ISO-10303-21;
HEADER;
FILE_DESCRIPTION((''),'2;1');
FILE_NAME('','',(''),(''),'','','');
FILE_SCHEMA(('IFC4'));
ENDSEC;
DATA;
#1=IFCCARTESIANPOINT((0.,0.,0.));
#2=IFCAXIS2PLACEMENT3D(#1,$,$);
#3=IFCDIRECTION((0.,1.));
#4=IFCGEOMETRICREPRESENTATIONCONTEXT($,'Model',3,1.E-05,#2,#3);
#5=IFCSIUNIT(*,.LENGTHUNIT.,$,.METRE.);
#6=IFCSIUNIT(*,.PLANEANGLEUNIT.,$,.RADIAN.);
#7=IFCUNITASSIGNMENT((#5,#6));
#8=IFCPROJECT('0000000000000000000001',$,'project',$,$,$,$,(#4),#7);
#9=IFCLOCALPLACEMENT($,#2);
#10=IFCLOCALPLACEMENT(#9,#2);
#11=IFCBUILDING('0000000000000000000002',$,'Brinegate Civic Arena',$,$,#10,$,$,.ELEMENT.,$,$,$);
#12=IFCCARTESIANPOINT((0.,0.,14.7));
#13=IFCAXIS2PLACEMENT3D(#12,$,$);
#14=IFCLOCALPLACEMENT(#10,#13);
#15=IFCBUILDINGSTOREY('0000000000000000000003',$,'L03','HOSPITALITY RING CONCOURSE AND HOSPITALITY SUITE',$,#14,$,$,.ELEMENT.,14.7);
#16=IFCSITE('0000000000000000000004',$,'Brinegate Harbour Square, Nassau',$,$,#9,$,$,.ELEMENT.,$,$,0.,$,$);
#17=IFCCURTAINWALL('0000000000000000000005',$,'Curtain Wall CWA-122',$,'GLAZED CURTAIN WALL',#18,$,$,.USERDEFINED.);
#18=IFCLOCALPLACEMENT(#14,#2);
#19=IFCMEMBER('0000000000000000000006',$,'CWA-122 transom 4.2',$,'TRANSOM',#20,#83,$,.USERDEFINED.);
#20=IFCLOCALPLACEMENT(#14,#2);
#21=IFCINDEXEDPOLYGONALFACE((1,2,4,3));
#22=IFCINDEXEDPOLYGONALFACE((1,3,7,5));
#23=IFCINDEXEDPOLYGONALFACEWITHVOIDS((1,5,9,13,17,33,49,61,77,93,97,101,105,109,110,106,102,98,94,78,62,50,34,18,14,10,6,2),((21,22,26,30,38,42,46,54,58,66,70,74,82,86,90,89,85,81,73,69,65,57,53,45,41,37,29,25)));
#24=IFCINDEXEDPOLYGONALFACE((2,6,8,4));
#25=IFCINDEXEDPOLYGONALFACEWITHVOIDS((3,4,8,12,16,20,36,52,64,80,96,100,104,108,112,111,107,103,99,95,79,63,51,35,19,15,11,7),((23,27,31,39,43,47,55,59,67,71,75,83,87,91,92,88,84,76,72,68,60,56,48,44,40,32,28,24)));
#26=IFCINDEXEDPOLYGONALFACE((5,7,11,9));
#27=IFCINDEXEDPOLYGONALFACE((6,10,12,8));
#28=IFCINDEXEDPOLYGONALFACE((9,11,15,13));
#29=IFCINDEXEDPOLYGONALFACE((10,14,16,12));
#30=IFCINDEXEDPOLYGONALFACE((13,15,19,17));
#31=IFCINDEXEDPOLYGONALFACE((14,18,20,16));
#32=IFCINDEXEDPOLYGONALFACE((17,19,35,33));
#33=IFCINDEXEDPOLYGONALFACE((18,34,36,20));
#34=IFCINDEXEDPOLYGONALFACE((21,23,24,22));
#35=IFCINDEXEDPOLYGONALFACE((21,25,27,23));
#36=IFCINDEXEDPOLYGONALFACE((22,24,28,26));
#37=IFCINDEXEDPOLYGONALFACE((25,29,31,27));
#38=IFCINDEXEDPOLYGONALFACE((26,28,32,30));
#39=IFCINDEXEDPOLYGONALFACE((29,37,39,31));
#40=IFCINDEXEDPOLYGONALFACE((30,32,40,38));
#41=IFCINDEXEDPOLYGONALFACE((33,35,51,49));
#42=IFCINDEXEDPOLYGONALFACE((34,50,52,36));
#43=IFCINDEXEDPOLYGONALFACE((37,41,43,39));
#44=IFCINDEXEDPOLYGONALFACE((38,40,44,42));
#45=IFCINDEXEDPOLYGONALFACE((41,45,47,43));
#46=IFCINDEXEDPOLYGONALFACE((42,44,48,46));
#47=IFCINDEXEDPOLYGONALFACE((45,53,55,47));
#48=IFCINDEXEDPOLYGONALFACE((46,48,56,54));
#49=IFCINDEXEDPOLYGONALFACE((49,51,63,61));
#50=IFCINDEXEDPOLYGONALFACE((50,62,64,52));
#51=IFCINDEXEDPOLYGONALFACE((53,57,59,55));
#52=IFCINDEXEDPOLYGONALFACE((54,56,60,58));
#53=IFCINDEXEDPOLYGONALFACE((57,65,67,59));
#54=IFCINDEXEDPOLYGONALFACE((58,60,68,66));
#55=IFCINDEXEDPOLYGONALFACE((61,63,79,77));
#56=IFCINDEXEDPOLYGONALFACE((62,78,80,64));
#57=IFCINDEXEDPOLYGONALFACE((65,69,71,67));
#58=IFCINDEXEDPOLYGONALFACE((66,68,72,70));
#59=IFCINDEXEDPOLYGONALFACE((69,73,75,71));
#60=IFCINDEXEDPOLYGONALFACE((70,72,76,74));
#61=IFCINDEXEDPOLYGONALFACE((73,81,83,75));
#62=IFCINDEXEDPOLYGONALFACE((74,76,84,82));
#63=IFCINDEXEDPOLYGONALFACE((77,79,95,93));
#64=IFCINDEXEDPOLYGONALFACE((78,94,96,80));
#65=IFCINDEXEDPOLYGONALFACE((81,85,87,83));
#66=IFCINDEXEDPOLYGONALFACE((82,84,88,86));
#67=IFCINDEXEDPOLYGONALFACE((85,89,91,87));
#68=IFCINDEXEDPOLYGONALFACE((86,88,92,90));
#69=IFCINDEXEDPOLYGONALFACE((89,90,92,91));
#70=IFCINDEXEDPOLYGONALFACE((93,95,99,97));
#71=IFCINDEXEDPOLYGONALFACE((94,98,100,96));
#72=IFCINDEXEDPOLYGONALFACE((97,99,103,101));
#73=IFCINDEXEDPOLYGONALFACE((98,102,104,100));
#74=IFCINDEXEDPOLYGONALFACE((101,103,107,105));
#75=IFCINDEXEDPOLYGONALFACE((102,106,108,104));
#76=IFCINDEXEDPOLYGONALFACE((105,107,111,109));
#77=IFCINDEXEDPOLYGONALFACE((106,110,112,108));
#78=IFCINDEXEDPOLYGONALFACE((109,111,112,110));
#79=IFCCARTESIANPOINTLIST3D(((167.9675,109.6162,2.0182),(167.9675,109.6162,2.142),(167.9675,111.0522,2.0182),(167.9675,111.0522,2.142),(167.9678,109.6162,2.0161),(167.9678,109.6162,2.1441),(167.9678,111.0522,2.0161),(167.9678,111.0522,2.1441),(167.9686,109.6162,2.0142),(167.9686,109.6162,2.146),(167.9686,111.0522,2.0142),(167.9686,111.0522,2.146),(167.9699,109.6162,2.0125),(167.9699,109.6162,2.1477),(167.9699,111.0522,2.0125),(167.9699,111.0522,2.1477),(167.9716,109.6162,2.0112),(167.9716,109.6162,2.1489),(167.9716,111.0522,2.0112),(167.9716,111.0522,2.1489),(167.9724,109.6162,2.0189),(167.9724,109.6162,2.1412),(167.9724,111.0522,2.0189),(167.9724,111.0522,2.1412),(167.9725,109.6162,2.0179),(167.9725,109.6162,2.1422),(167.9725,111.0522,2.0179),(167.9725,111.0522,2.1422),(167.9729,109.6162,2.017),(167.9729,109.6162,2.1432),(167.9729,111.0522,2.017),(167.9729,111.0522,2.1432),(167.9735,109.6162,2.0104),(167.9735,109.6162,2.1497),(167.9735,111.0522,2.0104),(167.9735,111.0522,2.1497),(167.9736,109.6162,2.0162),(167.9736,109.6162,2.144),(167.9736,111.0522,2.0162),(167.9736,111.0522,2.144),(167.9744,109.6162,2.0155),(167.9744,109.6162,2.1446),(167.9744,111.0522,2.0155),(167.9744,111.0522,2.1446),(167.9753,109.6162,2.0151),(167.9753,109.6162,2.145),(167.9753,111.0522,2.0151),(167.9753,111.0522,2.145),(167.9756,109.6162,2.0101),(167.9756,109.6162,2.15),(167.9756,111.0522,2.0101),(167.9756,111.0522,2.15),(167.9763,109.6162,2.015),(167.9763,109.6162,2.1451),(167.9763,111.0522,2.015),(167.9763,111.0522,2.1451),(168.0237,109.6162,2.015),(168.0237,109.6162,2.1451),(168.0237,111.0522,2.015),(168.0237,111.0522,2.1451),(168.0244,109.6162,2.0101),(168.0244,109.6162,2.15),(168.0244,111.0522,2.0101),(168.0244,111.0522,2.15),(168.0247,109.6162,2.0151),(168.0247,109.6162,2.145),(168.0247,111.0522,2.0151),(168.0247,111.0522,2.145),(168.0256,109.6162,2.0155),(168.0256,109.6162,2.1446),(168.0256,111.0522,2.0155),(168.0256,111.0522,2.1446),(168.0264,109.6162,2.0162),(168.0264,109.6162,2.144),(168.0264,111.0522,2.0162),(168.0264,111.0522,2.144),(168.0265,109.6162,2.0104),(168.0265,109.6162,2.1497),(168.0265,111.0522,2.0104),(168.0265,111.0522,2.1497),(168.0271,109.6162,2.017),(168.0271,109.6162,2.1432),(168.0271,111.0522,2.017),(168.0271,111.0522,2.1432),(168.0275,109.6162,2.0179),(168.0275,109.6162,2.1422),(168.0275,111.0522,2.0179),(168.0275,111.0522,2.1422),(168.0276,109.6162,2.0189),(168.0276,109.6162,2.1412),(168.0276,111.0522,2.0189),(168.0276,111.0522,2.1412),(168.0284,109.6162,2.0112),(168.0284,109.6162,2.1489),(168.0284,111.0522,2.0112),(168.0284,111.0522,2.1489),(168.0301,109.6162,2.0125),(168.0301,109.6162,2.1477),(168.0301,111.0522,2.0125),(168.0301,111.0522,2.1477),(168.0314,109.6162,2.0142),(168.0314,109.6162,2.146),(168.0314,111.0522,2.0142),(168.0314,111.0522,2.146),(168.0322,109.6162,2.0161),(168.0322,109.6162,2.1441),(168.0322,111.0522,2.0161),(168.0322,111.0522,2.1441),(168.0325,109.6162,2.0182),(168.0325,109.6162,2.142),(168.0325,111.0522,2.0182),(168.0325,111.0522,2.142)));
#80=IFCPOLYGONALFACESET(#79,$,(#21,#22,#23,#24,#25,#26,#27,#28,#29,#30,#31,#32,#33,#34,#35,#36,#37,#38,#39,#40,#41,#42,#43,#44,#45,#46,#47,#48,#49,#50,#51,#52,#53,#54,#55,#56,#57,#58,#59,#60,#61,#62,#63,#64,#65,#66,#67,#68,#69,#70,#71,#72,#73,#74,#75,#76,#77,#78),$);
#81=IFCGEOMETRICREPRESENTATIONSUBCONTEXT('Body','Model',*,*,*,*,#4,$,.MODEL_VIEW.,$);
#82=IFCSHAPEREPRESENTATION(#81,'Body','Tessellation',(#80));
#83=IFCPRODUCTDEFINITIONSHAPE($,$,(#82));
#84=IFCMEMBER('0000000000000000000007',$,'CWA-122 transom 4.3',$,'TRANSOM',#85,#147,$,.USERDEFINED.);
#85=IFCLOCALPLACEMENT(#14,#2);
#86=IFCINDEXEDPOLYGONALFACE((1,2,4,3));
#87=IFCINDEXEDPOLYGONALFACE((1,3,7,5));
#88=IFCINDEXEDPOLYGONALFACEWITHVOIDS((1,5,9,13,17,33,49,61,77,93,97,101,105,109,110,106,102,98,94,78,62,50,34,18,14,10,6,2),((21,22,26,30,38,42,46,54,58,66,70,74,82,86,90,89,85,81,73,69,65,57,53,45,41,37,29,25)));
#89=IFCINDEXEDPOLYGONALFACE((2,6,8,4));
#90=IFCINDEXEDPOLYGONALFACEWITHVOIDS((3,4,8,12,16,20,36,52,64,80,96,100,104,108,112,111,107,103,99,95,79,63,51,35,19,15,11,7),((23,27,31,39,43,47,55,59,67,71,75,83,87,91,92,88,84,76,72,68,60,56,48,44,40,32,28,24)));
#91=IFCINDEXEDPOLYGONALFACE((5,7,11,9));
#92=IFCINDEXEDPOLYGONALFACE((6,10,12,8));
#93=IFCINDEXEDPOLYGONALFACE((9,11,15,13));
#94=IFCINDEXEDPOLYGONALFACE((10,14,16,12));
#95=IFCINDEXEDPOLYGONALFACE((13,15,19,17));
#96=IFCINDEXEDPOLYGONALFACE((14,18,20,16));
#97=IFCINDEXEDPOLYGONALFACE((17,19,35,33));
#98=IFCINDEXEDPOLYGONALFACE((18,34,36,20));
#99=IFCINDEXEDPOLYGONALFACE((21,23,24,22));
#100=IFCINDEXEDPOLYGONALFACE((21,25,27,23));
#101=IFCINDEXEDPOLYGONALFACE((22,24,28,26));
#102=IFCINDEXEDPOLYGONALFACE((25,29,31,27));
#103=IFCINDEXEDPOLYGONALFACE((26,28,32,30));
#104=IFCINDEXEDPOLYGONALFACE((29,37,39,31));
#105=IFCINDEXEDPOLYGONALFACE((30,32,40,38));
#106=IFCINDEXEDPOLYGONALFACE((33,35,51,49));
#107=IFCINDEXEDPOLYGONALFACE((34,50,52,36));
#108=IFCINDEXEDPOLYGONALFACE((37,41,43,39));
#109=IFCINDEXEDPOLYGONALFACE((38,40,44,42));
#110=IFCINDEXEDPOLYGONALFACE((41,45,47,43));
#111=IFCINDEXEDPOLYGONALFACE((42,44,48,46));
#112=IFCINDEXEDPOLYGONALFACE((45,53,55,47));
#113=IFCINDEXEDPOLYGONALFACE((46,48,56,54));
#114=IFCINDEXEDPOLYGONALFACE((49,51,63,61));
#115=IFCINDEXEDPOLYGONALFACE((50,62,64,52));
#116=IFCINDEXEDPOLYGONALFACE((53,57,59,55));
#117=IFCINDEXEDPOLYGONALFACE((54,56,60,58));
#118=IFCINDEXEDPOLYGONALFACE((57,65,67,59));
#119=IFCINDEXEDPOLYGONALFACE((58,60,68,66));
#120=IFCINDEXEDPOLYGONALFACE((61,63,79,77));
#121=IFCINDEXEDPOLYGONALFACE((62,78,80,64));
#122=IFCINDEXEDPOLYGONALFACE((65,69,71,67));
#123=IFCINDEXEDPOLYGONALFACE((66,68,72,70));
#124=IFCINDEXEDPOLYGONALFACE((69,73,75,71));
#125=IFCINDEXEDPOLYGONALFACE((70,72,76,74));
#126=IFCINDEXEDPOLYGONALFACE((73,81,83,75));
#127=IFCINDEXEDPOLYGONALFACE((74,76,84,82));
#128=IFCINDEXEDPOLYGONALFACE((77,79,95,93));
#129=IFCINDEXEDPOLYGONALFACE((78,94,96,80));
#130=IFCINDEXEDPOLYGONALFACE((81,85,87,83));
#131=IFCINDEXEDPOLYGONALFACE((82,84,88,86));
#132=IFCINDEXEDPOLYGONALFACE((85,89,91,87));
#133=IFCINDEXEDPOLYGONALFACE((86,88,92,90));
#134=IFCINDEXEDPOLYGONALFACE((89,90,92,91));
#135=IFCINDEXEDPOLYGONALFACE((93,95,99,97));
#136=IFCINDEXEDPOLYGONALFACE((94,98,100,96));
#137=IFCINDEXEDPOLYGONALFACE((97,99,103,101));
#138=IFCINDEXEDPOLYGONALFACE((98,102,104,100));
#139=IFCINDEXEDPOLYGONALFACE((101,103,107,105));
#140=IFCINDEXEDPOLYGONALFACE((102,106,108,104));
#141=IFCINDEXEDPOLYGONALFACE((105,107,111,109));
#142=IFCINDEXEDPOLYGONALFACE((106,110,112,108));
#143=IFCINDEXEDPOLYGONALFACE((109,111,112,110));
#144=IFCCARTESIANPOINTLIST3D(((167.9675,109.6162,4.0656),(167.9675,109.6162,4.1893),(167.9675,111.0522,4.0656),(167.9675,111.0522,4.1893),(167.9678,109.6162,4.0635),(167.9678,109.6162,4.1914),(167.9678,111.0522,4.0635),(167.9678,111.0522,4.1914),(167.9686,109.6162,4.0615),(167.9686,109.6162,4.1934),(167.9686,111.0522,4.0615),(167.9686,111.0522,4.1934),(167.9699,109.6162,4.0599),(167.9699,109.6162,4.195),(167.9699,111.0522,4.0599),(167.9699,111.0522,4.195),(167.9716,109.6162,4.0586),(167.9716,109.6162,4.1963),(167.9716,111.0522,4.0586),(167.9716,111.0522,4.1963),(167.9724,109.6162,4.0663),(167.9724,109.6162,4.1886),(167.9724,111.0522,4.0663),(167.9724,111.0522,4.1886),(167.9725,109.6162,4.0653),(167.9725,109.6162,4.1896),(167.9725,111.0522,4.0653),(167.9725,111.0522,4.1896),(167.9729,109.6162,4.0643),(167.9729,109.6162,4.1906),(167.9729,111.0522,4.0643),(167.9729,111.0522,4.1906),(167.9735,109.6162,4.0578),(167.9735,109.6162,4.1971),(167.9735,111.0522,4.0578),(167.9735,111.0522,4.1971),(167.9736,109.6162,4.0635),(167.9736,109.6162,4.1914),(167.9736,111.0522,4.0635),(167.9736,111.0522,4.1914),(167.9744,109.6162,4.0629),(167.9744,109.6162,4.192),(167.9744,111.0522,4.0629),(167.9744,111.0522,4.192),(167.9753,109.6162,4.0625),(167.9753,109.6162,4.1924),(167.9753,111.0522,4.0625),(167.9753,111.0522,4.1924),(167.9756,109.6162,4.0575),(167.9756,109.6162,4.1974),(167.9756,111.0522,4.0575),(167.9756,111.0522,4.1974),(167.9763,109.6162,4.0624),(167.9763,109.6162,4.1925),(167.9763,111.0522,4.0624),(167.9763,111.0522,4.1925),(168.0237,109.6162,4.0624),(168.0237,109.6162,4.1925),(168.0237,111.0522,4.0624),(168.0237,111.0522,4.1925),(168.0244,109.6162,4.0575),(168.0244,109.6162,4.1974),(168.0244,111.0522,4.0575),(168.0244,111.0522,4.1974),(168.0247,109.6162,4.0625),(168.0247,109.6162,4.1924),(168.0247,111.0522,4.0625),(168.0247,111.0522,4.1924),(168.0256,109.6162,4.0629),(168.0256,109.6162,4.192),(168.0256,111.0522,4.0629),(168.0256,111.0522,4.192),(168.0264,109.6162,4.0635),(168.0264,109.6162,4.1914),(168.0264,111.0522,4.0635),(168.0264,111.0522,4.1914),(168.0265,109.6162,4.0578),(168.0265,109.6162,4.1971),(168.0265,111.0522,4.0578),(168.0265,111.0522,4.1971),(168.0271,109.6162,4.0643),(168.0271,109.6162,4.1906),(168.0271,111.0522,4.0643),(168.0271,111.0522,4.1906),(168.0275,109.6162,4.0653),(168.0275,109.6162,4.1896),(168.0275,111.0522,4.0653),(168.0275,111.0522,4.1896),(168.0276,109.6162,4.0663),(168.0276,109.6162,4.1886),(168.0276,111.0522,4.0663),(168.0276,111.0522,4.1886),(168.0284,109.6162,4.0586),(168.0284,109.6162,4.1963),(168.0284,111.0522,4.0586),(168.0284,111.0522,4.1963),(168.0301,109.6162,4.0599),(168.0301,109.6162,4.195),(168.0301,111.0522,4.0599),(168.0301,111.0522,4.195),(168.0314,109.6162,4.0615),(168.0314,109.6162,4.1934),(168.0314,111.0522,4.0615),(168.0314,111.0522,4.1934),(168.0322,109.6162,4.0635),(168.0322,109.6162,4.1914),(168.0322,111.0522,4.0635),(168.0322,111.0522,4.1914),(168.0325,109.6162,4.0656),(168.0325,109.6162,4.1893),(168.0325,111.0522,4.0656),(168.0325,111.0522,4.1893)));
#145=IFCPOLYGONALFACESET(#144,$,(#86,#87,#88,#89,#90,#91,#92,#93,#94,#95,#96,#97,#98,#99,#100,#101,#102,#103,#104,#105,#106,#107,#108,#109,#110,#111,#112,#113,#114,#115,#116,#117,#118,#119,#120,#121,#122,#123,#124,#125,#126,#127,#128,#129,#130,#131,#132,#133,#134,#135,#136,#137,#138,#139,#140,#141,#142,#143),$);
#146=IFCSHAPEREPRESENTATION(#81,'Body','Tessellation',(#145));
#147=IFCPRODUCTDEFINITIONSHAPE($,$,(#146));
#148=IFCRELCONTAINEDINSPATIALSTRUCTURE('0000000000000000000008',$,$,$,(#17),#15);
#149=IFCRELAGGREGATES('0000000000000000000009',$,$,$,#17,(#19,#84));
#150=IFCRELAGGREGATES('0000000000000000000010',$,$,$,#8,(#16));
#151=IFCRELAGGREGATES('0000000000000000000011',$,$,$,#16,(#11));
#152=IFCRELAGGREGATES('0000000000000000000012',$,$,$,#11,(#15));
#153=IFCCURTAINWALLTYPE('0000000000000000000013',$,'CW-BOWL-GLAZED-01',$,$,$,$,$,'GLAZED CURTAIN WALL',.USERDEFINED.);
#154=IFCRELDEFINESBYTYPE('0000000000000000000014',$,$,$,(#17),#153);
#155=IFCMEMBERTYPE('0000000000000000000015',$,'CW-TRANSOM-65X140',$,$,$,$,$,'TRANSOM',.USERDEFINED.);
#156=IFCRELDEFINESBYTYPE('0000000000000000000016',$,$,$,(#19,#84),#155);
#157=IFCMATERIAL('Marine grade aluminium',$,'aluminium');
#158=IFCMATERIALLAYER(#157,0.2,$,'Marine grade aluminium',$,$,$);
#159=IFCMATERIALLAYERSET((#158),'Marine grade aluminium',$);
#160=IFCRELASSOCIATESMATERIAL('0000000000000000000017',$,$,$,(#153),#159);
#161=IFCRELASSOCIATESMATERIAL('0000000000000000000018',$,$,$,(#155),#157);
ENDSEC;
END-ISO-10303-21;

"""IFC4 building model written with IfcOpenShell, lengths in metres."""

from ifc_helpers import new_model, si_unit, direction, frame, origin, origin_2d, place, context, subcontext, project, spatial, hollow_rectangle, extrude, material, layer, layer_set, material_profile, profile_set, type_object, element, aggregate, save


model = new_model("IFC4")

# Units and contexts
model_context = context("Model", 3, precision=1e-05, world=origin(), true_north=direction((0.0, 1.0)))
body_context = subcontext(model_context, "Body", "Model", "MODEL_VIEW")
ifc_project = project(units=[si_unit("LENGTHUNIT", "METRE"), si_unit("PLANEANGLEUNIT", "RADIAN")], contexts=[model_context])

# Site, building, storey
site_placement = place(None, origin())
site = spatial("IfcSite", under=ifc_project, at=site_placement, Name="Brinegate Harbour Square, Nassau", CompositionType="ELEMENT", RefElevation=0.0)
building_placement = place(site_placement, origin())
building = spatial("IfcBuilding", under=site, at=building_placement, Name="Brinegate Civic Arena", CompositionType="ELEMENT")
storey_placement = place(building_placement, frame((0.0, 0.0, 14.7)))
storey = spatial("IfcBuildingStorey", under=building, at=storey_placement, Name="L03", Description="HOSPITALITY RING CONCOURSE AND HOSPITALITY SUITE", CompositionType="ELEMENT", Elevation=14.7)

# Curtain wall, members
ifc_material_1 = material(Name="Marine grade aluminium", Category="aluminium")
ifc_layer_1 = layer(ifc_material_1, 0.2, Name="Marine grade aluminium")
ifc_layer_set_1 = layer_set([ifc_layer_1], Name="Marine grade aluminium")
curtain_wall_type = type_object("IfcCurtainWallType", Name="CW-BOWL-GLAZED-01", ElementType="GLAZED CURTAIN WALL", PredefinedType="USERDEFINED", material=ifc_layer_set_1)
curtain_wall_placement = place(storey_placement, origin())
curtain_wall = element("IfcCurtainWall", 1, at=curtain_wall_placement, inside=storey, type_object=curtain_wall_type, Name="Curtain Wall CWA-122", ObjectType="GLAZED CURTAIN WALL", PredefinedType="USERDEFINED")
ifc_material_profile_1 = material_profile(ifc_material_1, hollow_rectangle(XDim=0.0649, YDim=0.1399, WallThickness=0.0049, InnerFilletRadius=0.0039, OuterFilletRadius=0.0081, at=origin_2d()), Name="TRN65X140")
ifc_profile_set_1 = profile_set([ifc_material_profile_1], Name="Marine grade aluminium")
member_type_1 = type_object("IfcMemberType", Name="CW-TRANSOM-65X140", ElementType="TRANSOM", PredefinedType="USERDEFINED", material=ifc_profile_set_1)
member_1_placement = place(storey_placement, frame((168.0, 109.6162, 2.0801), z_axis=(0.0, 1.0, 0.0), x_axis=(-1.0, 0.0, 0.0)))
member_1 = element("IfcMember", 2, at=member_1_placement, type_object=member_type_1, Name="CWA-122 transom 4.2", ObjectType="TRANSOM", PredefinedType="USERDEFINED", context=body_context, shape_type="SweptSolid", body=[
    extrude(hollow_rectangle(XDim=0.0649, YDim=0.1399, WallThickness=0.0049, InnerFilletRadius=0.0039, OuterFilletRadius=0.0081, at=origin_2d()), origin(), (0.0, 0.0, 1.0), 1.436),
])
member_2_placement = place(storey_placement, frame((168.0, 109.6162, 4.1274), z_axis=(0.0, 1.0, 0.0), x_axis=(-1.0, 0.0, 0.0)))
member_2 = element("IfcMember", 3, at=member_2_placement, type_object=member_type_1, Name="CWA-122 transom 4.3", ObjectType="TRANSOM", PredefinedType="USERDEFINED", context=body_context, shape_type="SweptSolid", body=[
    extrude(hollow_rectangle(XDim=0.0649, YDim=0.1399, WallThickness=0.0049, InnerFilletRadius=0.0039, OuterFilletRadius=0.0081, at=origin_2d()), origin(), (0.0, 0.0, 1.0), 1.436),
])
aggregate(curtain_wall, [member_1, member_2])

save(model, "model.ifc")
